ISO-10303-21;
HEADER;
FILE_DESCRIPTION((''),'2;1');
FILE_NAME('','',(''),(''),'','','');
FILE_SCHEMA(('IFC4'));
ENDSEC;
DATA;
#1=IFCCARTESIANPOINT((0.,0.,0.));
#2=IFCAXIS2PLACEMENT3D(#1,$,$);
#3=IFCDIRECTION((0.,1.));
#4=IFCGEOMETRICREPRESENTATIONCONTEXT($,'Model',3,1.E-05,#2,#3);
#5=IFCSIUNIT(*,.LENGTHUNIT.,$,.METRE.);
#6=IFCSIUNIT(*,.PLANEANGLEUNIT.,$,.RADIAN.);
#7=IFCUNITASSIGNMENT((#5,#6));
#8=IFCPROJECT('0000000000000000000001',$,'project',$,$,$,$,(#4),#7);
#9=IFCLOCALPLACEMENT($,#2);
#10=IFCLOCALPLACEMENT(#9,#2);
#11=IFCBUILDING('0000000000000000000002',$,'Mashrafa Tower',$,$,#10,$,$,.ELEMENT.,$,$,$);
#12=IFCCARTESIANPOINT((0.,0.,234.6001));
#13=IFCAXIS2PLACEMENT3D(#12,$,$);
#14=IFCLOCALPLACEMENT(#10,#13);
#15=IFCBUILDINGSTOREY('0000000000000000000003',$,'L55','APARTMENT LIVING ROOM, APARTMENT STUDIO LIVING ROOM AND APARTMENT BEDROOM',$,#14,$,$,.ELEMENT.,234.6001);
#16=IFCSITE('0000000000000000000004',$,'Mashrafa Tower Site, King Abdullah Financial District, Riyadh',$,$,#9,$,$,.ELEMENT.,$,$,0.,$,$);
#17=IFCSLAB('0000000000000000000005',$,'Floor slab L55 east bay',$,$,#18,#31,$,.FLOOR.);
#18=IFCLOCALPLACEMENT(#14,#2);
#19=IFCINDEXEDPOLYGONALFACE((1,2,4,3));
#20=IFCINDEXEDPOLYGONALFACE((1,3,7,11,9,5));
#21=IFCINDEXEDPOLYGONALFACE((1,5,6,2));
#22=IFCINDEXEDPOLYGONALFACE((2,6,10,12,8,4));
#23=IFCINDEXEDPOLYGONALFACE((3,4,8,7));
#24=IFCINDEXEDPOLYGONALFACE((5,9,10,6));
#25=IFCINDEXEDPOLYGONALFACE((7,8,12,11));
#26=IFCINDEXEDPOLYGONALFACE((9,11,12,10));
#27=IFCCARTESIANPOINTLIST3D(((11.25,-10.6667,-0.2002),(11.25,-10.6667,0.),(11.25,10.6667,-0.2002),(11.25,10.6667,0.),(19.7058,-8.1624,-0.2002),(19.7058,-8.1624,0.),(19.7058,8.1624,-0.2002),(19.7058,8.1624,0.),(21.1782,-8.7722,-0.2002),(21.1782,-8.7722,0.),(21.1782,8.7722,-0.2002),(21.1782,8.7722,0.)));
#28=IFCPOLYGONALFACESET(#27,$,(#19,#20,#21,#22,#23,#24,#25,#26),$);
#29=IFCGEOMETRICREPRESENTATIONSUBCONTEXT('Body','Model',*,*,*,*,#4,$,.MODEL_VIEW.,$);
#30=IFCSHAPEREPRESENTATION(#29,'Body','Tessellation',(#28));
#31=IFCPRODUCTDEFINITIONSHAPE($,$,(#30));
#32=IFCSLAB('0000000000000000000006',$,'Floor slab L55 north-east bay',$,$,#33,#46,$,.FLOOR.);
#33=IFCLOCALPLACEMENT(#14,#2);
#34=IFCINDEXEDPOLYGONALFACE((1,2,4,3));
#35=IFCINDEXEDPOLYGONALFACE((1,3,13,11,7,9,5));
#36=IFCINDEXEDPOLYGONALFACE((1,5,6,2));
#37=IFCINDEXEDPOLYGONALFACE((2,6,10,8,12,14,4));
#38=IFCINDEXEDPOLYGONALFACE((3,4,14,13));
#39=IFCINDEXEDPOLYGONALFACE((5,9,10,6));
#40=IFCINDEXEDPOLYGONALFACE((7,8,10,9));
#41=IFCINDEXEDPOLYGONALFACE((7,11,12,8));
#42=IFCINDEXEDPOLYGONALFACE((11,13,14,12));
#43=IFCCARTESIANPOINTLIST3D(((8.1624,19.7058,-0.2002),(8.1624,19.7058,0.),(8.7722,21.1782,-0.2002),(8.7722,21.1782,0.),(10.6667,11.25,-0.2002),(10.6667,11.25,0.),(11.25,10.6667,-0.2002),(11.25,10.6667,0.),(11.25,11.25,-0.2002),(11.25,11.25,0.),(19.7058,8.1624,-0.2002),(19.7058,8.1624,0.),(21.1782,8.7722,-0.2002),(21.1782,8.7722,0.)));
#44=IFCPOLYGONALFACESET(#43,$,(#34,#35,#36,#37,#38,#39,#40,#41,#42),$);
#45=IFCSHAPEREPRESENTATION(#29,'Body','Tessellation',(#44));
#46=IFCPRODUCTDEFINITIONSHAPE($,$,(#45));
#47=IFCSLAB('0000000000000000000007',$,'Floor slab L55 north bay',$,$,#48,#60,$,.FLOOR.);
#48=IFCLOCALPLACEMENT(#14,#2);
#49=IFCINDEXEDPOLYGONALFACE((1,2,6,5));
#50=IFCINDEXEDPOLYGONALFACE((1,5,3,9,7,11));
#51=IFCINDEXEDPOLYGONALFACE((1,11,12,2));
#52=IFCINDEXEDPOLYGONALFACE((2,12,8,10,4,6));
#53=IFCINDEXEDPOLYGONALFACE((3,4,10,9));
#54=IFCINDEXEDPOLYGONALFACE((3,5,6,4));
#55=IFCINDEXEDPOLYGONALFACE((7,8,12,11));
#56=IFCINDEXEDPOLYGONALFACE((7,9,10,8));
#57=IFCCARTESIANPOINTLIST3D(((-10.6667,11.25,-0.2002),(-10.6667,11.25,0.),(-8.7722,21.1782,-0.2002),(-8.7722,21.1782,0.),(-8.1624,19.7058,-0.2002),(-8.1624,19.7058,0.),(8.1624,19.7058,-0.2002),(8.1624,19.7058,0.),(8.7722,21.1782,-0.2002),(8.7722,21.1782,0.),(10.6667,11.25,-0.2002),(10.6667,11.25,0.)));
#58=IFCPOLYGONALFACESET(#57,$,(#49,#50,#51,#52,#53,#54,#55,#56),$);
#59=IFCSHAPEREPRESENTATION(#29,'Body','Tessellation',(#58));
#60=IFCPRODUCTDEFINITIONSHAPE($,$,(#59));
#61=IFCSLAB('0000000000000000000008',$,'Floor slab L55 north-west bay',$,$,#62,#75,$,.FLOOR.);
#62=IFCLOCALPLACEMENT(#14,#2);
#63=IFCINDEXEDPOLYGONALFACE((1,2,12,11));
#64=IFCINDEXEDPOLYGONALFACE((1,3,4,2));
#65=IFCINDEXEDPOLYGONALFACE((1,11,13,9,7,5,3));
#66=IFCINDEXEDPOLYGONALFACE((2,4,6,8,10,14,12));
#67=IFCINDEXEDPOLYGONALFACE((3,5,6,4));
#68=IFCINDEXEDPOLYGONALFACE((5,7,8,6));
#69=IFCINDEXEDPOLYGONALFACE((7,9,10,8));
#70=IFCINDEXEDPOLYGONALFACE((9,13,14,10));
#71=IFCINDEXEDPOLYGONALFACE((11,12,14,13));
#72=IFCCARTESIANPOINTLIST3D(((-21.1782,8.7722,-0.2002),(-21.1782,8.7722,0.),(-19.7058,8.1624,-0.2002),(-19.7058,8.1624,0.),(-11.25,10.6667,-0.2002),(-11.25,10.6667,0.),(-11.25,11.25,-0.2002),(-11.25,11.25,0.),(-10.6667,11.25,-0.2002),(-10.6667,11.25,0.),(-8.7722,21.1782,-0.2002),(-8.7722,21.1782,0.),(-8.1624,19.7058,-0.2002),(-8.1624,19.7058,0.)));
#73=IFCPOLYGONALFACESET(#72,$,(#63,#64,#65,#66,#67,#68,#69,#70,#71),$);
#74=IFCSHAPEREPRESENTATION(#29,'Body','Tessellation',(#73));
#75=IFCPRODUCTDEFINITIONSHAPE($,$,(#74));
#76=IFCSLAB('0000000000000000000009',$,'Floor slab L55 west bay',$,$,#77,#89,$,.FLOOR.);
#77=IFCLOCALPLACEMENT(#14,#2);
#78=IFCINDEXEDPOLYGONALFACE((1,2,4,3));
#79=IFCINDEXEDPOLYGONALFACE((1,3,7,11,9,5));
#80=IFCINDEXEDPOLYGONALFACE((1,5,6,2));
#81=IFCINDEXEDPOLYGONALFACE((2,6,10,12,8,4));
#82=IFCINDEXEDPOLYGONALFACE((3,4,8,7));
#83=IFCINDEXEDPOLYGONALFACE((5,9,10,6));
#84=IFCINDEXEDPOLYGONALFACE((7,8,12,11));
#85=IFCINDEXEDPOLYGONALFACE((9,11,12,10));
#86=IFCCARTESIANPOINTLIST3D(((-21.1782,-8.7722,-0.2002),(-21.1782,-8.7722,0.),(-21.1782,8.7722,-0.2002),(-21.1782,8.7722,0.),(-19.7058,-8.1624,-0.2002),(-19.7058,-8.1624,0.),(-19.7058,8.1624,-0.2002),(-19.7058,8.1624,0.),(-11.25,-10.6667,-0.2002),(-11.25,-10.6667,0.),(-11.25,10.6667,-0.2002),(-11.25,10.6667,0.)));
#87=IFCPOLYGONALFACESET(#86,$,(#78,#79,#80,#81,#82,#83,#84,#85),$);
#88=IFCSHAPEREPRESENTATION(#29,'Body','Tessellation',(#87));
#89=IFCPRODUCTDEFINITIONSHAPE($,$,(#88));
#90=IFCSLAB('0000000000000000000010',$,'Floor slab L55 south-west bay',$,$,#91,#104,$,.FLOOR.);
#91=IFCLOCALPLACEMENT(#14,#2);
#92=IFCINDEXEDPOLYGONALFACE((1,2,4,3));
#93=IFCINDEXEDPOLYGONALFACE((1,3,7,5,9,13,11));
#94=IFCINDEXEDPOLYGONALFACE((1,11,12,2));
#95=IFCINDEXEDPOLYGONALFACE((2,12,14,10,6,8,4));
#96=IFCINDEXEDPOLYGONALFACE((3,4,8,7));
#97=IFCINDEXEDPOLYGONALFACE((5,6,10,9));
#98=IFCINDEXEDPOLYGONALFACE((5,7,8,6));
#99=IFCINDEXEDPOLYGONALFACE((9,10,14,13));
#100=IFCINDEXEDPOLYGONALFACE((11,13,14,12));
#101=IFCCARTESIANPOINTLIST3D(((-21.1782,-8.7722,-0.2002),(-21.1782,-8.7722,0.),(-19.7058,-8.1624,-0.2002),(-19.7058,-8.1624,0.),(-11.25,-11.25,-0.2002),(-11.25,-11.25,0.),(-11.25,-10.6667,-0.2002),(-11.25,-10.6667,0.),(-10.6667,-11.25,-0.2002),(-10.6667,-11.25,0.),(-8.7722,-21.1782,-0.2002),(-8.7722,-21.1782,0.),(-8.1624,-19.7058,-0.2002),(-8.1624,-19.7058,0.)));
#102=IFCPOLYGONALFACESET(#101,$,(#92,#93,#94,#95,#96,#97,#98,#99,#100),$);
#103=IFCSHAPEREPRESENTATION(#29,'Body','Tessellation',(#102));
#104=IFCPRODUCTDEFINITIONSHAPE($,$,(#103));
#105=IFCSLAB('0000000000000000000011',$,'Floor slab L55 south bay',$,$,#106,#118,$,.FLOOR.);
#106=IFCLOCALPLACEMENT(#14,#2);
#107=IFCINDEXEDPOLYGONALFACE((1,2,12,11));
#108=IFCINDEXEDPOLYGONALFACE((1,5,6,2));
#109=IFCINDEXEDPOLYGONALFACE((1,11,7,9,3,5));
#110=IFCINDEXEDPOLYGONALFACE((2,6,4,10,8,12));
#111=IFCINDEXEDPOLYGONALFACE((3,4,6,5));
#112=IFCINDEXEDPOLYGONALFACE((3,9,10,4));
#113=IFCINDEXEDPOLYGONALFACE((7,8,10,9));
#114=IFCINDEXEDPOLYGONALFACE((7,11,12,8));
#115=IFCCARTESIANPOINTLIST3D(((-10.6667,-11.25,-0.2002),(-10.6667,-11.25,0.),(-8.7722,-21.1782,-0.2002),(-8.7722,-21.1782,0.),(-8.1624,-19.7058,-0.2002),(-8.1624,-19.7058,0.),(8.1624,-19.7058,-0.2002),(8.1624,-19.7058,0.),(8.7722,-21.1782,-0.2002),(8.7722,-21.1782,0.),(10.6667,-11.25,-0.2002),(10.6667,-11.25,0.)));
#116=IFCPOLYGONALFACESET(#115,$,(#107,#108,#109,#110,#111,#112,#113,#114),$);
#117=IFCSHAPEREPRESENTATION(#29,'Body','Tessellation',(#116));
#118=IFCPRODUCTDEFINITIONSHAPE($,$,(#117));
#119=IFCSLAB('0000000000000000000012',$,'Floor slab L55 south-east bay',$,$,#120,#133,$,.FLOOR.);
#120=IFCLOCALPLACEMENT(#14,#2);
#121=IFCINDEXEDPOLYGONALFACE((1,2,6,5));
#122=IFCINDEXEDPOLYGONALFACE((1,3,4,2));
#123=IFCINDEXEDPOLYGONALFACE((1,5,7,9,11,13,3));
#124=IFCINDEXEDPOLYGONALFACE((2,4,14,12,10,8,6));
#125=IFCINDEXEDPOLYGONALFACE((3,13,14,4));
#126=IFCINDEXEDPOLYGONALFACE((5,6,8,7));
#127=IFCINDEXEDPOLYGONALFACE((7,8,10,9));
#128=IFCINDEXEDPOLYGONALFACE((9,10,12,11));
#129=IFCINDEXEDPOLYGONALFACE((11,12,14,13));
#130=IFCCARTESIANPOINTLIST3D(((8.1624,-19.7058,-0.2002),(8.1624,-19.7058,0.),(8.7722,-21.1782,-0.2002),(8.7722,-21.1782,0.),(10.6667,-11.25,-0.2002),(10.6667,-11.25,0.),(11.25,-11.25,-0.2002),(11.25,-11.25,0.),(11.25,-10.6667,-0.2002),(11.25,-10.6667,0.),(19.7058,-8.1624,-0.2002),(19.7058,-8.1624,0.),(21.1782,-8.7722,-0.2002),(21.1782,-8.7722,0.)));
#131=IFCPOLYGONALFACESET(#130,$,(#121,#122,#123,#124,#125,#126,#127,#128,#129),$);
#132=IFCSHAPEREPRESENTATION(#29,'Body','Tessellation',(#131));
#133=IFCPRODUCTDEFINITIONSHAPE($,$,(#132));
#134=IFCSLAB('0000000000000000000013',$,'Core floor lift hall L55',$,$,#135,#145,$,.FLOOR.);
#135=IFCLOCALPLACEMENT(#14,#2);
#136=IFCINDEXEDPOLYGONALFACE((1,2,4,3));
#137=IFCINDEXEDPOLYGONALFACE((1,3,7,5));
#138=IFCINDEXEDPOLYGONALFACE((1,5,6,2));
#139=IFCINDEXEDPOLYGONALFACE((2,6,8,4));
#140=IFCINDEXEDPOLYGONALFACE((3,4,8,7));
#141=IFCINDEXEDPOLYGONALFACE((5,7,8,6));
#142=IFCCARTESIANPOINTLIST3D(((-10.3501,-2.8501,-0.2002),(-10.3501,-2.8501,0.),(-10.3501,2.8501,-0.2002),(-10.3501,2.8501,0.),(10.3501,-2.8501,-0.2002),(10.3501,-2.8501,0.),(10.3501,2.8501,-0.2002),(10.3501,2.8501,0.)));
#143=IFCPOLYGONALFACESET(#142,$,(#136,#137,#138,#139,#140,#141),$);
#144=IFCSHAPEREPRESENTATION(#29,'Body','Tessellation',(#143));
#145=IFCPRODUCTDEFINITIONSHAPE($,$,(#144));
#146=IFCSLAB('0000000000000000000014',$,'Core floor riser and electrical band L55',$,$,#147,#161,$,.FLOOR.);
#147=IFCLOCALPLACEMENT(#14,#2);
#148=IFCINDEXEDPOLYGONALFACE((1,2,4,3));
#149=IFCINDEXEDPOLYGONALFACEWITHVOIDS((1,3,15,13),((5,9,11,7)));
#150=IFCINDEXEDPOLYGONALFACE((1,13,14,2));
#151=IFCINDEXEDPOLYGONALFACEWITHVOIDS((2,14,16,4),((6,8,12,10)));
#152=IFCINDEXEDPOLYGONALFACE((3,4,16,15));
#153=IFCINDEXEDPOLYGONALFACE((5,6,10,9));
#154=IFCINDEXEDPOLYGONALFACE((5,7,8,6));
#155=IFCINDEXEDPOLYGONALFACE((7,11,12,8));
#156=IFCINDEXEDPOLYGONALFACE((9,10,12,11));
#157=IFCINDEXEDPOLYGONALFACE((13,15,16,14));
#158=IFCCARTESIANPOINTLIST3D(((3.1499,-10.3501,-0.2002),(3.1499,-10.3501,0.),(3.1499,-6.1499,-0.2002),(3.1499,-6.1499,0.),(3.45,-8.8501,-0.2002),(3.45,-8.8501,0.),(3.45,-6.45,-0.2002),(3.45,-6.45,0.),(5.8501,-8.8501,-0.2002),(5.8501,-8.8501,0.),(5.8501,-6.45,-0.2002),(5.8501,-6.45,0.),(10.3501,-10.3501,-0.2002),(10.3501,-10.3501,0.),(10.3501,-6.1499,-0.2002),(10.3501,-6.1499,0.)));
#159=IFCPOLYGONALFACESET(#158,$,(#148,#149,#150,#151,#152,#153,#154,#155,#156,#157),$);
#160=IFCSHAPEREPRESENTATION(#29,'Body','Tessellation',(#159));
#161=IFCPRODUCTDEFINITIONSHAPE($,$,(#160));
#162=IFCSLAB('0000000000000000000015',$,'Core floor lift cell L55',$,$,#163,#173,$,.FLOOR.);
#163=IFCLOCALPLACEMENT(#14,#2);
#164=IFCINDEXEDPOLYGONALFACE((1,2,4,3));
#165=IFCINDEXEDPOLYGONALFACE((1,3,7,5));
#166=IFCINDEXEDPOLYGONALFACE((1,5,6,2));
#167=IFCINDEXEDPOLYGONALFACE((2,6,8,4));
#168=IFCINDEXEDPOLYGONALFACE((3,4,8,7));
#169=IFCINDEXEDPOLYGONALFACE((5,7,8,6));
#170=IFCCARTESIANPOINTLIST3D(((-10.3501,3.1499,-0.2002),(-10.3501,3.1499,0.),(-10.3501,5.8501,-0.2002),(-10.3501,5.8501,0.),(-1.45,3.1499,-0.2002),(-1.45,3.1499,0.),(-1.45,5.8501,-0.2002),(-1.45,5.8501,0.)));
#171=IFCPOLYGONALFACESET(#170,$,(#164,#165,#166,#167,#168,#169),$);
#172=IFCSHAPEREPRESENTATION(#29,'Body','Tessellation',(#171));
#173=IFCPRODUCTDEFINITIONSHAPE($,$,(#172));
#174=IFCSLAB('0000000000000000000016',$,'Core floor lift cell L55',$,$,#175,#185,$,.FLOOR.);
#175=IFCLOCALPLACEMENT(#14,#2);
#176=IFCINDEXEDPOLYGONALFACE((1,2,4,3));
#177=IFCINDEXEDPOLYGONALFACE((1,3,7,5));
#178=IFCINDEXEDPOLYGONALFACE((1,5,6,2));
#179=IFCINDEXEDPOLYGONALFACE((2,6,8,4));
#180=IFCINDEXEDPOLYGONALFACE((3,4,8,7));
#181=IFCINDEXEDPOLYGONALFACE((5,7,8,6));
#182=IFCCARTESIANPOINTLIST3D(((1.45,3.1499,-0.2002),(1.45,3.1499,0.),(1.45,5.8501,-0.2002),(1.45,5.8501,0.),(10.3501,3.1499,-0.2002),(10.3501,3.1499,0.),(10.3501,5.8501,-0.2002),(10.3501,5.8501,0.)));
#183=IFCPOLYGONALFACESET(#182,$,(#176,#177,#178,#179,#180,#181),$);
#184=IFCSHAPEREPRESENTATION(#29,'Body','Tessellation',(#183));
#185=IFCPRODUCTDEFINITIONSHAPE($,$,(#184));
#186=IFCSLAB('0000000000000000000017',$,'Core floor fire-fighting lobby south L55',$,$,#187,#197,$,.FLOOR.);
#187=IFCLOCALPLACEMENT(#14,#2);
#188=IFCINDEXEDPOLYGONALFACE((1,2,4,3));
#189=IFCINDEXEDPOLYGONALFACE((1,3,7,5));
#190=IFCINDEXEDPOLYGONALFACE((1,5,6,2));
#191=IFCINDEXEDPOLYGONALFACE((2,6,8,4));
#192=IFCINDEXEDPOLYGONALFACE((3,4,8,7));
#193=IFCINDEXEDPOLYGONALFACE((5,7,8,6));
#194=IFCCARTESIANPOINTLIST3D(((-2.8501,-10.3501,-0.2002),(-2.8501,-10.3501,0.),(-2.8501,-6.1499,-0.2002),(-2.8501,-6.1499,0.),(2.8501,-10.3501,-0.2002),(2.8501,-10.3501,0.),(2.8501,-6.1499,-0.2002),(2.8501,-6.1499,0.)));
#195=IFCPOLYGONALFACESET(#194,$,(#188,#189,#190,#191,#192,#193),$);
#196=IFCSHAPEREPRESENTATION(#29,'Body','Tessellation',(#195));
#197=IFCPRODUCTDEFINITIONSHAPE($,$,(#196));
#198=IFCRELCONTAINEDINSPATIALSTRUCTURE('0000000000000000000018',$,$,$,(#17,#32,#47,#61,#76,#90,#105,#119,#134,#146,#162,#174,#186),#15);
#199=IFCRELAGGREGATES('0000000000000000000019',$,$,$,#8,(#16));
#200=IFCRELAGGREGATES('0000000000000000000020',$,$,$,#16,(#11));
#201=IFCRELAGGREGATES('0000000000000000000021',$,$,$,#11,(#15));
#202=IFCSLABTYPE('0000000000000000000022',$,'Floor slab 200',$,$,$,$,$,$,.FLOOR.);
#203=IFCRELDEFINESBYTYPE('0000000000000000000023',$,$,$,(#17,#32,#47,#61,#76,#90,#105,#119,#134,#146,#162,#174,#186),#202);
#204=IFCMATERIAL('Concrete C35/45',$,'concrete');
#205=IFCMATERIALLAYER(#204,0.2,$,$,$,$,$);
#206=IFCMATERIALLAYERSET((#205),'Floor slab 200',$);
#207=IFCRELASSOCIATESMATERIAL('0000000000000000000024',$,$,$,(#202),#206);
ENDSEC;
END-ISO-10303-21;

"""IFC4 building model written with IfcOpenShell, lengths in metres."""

from ifc_helpers import new_model, si_unit, direction, frame, origin, place, context, subcontext, project, spatial, polyline, outline, extrude, material, layer, layer_set, type_object, element, save


model = new_model("IFC4")

# Units and contexts
model_context = context("Model", 3, precision=1e-05, world=origin(), true_north=direction((0.0, 1.0)))
body_context = subcontext(model_context, "Body", "Model", "MODEL_VIEW")
ifc_project = project(units=[si_unit("LENGTHUNIT", "METRE"), si_unit("PLANEANGLEUNIT", "RADIAN")], contexts=[model_context])

# Site, building, storey
site_placement = place(None, origin())
site = spatial("IfcSite", under=ifc_project, at=site_placement, Name="Mashrafa Tower Site, King Abdullah Financial District, Riyadh", CompositionType="ELEMENT", RefElevation=0.0)
building_placement = place(site_placement, origin())
building = spatial("IfcBuilding", under=site, at=building_placement, Name="Mashrafa Tower", CompositionType="ELEMENT")
storey_placement = place(building_placement, frame((0.0, 0.0, 234.6001)))
storey = spatial("IfcBuildingStorey", under=building, at=storey_placement, Name="L55", Description="APARTMENT LIVING ROOM, APARTMENT STUDIO LIVING ROOM AND APARTMENT BEDROOM", CompositionType="ELEMENT", Elevation=234.6001)

# Slabs
ifc_material_1 = material(Name="Concrete C35/45", Category="concrete")
ifc_layer_1 = layer(ifc_material_1, 0.2)
ifc_layer_set_1 = layer_set([ifc_layer_1], Name="Floor slab 200")
slab_type = type_object("IfcSlabType", Name="Floor slab 200", PredefinedType="FLOOR", material=ifc_layer_set_1)
slab_1_placement = place(storey_placement, frame((0.0, 0.0, -0.2002)))
element("IfcSlab", 1, at=slab_1_placement, inside=storey, type_object=slab_type, Name="Floor slab L55 east bay", PredefinedType="FLOOR", context=body_context, shape_type="SweptSolid", body=[
    extrude(outline(polyline([(21.1782, 8.7722), (21.1782, -8.7722), (21.1782, -8.7722), (19.7058, -8.1624), (11.25, -10.6667), (11.25, 10.6667), (19.7058, 8.1624), (21.1782, 8.7722), (21.1782, 8.7722)])), origin(), (0.0, 0.0, 1.0), 0.2002),
])
slab_2_placement = place(storey_placement, frame((0.0, 0.0, -0.2002)))
element("IfcSlab", 2, at=slab_2_placement, inside=storey, type_object=slab_type, Name="Floor slab L55 north-east bay", PredefinedType="FLOOR", context=body_context, shape_type="SweptSolid", body=[
    extrude(outline(polyline([(21.1782, 8.7722), (19.7058, 8.1624), (11.25, 10.6667), (11.25, 11.25), (10.6667, 11.25), (8.1624, 19.7058), (8.7722, 21.1782), (21.1782, 8.7722)])), origin(), (0.0, 0.0, 1.0), 0.2002),
])
slab_3_placement = place(storey_placement, frame((0.0, 0.0, -0.2002)))
element("IfcSlab", 3, at=slab_3_placement, inside=storey, type_object=slab_type, Name="Floor slab L55 north bay", PredefinedType="FLOOR", context=body_context, shape_type="SweptSolid", body=[
    extrude(outline(polyline([(-8.7722, 21.1782), (8.7722, 21.1782), (8.7722, 21.1782), (8.1624, 19.7058), (10.6667, 11.25), (-10.6667, 11.25), (-8.1624, 19.7058), (-8.7722, 21.1782), (-8.7722, 21.1782)])), origin(), (0.0, 0.0, 1.0), 0.2002),
])
slab_4_placement = place(storey_placement, frame((0.0, 0.0, -0.2002)))
element("IfcSlab", 4, at=slab_4_placement, inside=storey, type_object=slab_type, Name="Floor slab L55 north-west bay", PredefinedType="FLOOR", context=body_context, shape_type="SweptSolid", body=[
    extrude(outline(polyline([(-8.7722, 21.1782), (-8.1624, 19.7058), (-10.6667, 11.25), (-11.25, 11.25), (-11.25, 10.6667), (-19.7058, 8.1624), (-21.1782, 8.7722), (-8.7722, 21.1782)])), origin(), (0.0, 0.0, 1.0), 0.2002),
])
slab_5_placement = place(storey_placement, frame((0.0, 0.0, -0.2002)))
element("IfcSlab", 5, at=slab_5_placement, inside=storey, type_object=slab_type, Name="Floor slab L55 west bay", PredefinedType="FLOOR", context=body_context, shape_type="SweptSolid", body=[
    extrude(outline(polyline([(-21.1782, -8.7722), (-21.1782, 8.7722), (-21.1782, 8.7722), (-19.7058, 8.1624), (-11.25, 10.6667), (-11.25, -10.6667), (-19.7058, -8.1624), (-21.1782, -8.7722), (-21.1782, -8.7722)])), origin(), (0.0, 0.0, 1.0), 0.2002),
])
slab_6_placement = place(storey_placement, frame((0.0, 0.0, -0.2002)))
element("IfcSlab", 6, at=slab_6_placement, inside=storey, type_object=slab_type, Name="Floor slab L55 south-west bay", PredefinedType="FLOOR", context=body_context, shape_type="SweptSolid", body=[
    extrude(outline(polyline([(-21.1782, -8.7722), (-19.7058, -8.1624), (-11.25, -10.6667), (-11.25, -11.25), (-10.6667, -11.25), (-8.1624, -19.7058), (-8.7722, -21.1782), (-21.1782, -8.7722)])), origin(), (0.0, 0.0, 1.0), 0.2002),
])
slab_7_placement = place(storey_placement, frame((0.0, 0.0, -0.2002)))
element("IfcSlab", 7, at=slab_7_placement, inside=storey, type_object=slab_type, Name="Floor slab L55 south bay", PredefinedType="FLOOR", context=body_context, shape_type="SweptSolid", body=[
    extrude(outline(polyline([(-8.7722, -21.1782), (-8.7722, -21.1782), (-8.1624, -19.7058), (-10.6667, -11.25), (10.6667, -11.25), (8.1624, -19.7058), (8.7722, -21.1782), (8.7722, -21.1782), (-8.7722, -21.1782)])), origin(), (0.0, 0.0, 1.0), 0.2002),
])
slab_8_placement = place(storey_placement, frame((0.0, 0.0, -0.2002)))
element("IfcSlab", 8, at=slab_8_placement, inside=storey, type_object=slab_type, Name="Floor slab L55 south-east bay", PredefinedType="FLOOR", context=body_context, shape_type="SweptSolid", body=[
    extrude(outline(polyline([(8.7722, -21.1782), (8.1624, -19.7058), (10.6667, -11.25), (11.25, -11.25), (11.25, -10.6667), (19.7058, -8.1624), (21.1782, -8.7722), (8.7722, -21.1782)])), origin(), (0.0, 0.0, 1.0), 0.2002),
])
slab_9_placement = place(storey_placement, frame((0.0, 0.0, -0.2002)))
element("IfcSlab", 9, at=slab_9_placement, inside=storey, type_object=slab_type, Name="Core floor lift hall L55", PredefinedType="FLOOR", context=body_context, shape_type="SweptSolid", body=[
    extrude(outline(polyline([(-10.3501, 2.8501), (10.3501, 2.8501), (10.3501, -2.8501), (-10.3501, -2.8501), (-10.3501, 2.8501)])), origin(), (0.0, 0.0, 1.0), 0.2002),
])
slab_10_placement = place(storey_placement, frame((0.0, 0.0, -0.2002)))
element("IfcSlab", 10, at=slab_10_placement, inside=storey, type_object=slab_type, Name="Core floor riser and electrical band L55", PredefinedType="FLOOR", context=body_context, shape_type="SweptSolid", body=[
    extrude(outline(polyline([(10.3501, -6.1499), (10.3501, -10.3501), (3.1499, -10.3501), (3.1499, -6.1499), (10.3501, -6.1499)]), holes=[polyline([(3.45, -8.8501), (5.8501, -8.8501), (5.8501, -6.45), (3.45, -6.45), (3.45, -8.8501)])]), origin(), (0.0, 0.0, 1.0), 0.2002),
])
slab_11_placement = place(storey_placement, frame((0.0, 0.0, -0.2002)))
element("IfcSlab", 11, at=slab_11_placement, inside=storey, type_object=slab_type, Name="Core floor lift cell L55", PredefinedType="FLOOR", context=body_context, shape_type="SweptSolid", body=[
    extrude(outline(polyline([(-10.3501, 5.8501), (-1.45, 5.8501), (-1.45, 3.1499), (-10.3501, 3.1499), (-10.3501, 5.8501)])), origin(), (0.0, 0.0, 1.0), 0.2002),
])
slab_12_placement = place(storey_placement, frame((0.0, 0.0, -0.2002)))
element("IfcSlab", 12, at=slab_12_placement, inside=storey, type_object=slab_type, Name="Core floor lift cell L55", PredefinedType="FLOOR", context=body_context, shape_type="SweptSolid", body=[
    extrude(outline(polyline([(1.45, 5.8501), (10.3501, 5.8501), (10.3501, 3.1499), (1.45, 3.1499), (1.45, 5.8501)])), origin(), (0.0, 0.0, 1.0), 0.2002),
])
slab_13_placement = place(storey_placement, frame((0.0, 0.0, -0.2002)))
element("IfcSlab", 13, at=slab_13_placement, inside=storey, type_object=slab_type, Name="Core floor fire-fighting lobby south L55", PredefinedType="FLOOR", context=body_context, shape_type="SweptSolid", body=[
    extrude(outline(polyline([(2.8501, -6.1499), (2.8501, -10.3501), (-2.8501, -10.3501), (-2.8501, -6.1499), (2.8501, -6.1499)])), origin(), (0.0, 0.0, 1.0), 0.2002),
])

save(model, "model.ifc")
